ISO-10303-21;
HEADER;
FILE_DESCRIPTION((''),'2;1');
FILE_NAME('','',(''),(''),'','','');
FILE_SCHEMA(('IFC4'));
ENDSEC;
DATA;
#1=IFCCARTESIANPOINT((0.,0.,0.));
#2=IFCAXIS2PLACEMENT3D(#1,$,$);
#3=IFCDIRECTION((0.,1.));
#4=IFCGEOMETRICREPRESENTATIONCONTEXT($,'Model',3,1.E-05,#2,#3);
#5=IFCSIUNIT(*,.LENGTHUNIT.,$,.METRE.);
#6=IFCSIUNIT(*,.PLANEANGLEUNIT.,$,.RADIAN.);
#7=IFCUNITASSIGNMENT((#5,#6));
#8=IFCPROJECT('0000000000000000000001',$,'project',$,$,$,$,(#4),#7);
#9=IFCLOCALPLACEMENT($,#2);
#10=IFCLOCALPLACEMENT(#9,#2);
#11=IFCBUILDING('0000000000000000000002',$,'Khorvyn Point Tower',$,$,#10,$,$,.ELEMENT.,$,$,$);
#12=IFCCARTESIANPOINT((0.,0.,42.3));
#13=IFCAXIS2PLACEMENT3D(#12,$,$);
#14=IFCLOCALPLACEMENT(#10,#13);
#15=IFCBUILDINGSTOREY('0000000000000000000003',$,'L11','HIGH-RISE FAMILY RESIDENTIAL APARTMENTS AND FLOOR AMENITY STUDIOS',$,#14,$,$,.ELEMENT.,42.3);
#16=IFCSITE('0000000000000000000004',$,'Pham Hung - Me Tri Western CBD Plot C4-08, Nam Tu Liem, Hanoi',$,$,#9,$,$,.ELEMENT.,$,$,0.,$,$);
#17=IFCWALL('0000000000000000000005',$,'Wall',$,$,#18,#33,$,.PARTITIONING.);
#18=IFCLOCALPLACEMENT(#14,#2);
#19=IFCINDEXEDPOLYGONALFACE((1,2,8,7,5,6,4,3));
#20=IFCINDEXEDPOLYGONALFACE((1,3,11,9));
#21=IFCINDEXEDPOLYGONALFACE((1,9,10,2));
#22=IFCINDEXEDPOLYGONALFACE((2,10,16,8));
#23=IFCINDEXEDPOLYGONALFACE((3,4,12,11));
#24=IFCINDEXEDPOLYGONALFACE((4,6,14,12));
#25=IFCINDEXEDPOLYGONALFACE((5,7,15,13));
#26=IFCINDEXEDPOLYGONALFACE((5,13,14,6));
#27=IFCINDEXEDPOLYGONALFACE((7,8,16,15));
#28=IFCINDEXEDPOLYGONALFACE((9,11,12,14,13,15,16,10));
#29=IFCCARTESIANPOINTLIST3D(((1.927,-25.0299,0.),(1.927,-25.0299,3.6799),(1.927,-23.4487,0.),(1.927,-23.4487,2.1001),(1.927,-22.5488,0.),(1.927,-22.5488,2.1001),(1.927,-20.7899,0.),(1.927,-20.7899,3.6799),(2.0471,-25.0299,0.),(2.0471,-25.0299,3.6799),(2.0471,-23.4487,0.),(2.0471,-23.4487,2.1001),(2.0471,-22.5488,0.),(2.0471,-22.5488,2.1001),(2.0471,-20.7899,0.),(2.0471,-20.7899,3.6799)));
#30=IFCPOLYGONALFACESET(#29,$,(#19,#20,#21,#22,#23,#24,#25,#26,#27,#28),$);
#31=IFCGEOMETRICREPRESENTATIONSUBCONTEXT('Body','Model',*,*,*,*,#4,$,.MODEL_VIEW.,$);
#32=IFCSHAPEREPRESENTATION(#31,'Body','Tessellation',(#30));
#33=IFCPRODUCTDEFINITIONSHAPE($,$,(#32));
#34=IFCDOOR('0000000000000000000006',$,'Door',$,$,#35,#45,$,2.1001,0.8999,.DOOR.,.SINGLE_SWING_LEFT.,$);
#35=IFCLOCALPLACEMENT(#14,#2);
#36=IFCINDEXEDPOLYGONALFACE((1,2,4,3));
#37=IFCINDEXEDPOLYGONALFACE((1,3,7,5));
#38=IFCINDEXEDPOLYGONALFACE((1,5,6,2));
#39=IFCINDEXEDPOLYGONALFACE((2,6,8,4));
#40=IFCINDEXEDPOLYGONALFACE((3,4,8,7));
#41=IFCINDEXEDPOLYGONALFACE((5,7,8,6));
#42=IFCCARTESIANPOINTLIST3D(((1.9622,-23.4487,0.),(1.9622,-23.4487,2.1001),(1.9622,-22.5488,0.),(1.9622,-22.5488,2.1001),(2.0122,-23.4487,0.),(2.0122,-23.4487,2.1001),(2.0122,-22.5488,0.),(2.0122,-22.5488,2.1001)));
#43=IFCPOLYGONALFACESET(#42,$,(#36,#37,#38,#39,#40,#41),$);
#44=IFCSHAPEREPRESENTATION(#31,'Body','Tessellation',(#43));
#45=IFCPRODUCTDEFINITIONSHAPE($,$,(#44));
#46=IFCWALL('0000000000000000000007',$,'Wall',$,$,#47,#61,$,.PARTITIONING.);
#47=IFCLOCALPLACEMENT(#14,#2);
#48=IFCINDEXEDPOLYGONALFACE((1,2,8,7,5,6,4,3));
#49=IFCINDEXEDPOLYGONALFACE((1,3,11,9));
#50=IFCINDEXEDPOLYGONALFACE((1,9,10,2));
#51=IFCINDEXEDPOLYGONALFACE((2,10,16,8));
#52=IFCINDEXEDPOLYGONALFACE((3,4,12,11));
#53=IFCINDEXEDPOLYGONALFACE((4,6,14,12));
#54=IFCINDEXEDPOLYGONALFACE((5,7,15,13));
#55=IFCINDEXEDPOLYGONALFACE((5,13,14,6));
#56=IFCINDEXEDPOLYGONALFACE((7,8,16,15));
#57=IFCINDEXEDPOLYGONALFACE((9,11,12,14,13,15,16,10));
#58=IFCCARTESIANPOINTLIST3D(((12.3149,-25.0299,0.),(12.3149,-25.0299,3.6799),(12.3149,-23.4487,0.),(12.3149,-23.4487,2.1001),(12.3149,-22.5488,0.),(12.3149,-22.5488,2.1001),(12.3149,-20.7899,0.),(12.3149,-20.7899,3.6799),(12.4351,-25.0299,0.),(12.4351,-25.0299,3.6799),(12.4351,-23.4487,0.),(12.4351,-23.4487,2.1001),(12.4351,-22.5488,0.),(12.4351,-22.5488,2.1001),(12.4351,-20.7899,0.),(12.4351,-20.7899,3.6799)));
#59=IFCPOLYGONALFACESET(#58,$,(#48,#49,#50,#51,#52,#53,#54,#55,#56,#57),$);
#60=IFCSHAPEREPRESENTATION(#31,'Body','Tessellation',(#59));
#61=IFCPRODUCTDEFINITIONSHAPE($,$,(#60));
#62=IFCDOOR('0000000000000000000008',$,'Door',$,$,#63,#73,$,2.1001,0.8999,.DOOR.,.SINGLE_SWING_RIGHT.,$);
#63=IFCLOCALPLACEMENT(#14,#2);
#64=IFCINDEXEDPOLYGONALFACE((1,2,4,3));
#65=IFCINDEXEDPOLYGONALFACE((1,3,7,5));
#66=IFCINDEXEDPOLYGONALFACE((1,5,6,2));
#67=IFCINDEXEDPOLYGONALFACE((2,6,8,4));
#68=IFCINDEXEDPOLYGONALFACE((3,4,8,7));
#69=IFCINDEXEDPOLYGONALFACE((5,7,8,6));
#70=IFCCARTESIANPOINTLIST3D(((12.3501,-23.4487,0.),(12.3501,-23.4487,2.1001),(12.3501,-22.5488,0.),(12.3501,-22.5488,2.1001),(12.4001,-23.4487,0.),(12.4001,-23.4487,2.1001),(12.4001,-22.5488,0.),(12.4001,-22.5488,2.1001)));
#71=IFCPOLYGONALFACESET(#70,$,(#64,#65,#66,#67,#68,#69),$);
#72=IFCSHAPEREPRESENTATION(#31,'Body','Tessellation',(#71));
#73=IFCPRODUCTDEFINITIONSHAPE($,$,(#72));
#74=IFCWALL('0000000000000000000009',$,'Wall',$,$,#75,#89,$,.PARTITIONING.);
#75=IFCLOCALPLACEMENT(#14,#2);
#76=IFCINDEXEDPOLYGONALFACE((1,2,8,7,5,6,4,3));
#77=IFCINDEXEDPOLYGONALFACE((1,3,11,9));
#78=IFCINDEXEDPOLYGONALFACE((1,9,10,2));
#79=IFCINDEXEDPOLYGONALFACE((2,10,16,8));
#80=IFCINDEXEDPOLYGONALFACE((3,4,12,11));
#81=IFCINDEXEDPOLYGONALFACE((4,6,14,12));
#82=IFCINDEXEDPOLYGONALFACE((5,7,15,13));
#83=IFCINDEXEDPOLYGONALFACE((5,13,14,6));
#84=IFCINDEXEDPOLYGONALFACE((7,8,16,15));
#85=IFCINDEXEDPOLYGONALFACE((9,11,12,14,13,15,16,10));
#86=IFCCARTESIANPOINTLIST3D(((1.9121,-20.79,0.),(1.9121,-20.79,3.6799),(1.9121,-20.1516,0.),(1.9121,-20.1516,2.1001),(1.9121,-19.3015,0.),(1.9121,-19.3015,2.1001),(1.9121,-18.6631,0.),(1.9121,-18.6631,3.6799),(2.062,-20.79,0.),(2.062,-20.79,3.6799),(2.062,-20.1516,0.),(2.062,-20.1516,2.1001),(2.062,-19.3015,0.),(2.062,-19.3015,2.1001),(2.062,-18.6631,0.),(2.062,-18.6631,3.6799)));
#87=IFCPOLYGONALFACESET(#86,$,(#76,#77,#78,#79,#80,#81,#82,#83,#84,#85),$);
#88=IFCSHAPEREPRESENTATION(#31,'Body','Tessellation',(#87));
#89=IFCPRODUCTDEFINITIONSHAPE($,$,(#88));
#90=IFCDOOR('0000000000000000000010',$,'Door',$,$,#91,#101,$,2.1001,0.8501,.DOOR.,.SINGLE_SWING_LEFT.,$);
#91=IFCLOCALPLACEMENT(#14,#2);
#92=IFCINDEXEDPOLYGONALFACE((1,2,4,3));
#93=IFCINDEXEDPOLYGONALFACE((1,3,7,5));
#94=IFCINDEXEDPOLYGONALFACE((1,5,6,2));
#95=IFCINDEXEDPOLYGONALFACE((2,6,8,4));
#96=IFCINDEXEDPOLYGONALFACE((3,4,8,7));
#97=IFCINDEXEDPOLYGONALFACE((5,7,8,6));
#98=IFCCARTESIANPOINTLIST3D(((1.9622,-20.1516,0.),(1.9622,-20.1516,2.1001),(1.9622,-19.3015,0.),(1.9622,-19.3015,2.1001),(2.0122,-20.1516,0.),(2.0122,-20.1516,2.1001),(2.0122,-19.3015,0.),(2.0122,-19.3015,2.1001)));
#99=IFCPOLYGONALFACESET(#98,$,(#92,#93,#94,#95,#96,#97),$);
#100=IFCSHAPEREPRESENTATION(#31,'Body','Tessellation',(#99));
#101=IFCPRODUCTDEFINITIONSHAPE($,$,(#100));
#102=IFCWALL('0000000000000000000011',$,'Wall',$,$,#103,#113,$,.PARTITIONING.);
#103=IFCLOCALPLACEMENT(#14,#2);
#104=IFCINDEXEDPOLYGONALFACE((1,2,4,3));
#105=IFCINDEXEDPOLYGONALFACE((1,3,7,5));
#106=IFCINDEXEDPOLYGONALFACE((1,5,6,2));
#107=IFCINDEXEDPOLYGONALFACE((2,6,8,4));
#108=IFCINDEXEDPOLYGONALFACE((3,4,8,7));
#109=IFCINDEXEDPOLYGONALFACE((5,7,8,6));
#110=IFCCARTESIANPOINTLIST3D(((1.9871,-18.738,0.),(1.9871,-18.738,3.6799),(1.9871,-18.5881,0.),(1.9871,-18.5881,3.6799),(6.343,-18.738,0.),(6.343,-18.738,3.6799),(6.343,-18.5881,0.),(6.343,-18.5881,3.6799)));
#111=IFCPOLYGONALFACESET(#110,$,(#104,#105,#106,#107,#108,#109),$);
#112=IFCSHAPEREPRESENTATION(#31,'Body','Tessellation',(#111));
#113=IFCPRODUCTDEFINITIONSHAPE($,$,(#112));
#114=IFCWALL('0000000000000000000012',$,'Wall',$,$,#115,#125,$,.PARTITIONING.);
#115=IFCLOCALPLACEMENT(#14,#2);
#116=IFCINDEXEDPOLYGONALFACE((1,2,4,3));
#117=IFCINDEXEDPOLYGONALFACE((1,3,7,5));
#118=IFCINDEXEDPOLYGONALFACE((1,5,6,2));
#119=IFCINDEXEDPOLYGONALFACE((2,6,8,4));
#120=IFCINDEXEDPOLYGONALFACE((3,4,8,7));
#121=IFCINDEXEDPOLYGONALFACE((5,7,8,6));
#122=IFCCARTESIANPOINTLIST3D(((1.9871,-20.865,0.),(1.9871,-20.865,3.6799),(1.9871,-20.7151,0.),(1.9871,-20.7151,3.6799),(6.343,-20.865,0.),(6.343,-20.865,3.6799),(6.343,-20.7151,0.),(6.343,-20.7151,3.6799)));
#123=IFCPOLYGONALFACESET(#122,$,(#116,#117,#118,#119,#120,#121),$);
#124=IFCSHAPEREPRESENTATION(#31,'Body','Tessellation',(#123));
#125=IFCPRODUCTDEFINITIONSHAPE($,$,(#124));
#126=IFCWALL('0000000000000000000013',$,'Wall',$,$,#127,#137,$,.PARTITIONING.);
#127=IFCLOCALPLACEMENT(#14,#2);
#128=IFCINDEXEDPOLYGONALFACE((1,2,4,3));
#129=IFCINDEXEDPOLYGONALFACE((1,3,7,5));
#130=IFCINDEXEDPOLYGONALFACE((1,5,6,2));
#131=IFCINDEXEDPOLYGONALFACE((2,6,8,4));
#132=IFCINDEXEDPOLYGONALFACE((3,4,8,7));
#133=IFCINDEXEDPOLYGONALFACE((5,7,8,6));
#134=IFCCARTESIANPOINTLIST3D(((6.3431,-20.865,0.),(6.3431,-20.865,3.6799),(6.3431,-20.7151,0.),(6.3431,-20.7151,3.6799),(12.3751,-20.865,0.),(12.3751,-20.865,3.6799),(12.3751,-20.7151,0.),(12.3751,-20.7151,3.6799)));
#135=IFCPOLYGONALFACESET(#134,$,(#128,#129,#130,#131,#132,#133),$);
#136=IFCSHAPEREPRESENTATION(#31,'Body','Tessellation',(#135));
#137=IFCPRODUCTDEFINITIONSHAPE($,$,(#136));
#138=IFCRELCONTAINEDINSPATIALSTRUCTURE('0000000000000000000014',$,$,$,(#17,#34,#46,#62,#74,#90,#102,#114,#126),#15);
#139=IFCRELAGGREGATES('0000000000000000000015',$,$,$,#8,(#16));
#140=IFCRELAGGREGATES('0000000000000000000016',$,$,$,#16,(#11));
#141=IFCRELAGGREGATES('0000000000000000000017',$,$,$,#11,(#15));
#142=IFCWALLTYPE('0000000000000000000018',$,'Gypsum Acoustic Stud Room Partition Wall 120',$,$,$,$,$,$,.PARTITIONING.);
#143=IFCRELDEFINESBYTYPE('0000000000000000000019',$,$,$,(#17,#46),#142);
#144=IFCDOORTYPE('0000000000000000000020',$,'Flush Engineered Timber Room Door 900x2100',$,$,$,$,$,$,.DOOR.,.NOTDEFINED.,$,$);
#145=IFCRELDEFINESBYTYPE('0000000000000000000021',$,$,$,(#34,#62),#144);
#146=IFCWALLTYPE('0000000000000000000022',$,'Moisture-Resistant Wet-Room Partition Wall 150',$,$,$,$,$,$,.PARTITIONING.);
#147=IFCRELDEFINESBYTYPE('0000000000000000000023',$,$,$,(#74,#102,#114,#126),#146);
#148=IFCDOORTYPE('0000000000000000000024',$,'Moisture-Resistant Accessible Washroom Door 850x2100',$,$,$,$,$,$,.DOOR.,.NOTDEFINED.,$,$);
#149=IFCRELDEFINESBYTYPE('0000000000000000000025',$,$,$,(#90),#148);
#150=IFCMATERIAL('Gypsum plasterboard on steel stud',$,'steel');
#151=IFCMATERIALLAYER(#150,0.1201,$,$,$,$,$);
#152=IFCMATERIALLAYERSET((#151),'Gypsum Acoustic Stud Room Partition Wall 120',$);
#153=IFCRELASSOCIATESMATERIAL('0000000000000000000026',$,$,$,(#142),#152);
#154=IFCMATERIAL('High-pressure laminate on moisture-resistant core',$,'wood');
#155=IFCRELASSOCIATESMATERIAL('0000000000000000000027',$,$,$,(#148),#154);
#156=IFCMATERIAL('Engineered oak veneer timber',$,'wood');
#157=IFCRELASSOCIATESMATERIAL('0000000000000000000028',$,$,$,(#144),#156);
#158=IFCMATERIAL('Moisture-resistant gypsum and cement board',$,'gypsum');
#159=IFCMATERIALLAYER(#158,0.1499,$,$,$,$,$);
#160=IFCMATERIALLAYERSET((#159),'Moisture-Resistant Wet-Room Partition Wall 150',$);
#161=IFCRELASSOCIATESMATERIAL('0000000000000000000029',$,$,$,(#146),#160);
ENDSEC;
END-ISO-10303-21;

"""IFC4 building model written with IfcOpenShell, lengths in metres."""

from ifc_helpers import new_model, si_unit, direction, frame, frame_2d, origin, place, context, subcontext, project, spatial, rectangle, extrude, material, layer, layer_set, type_object, element, fill, save


model = new_model("IFC4")

# Units and contexts
model_context = context("Model", 3, precision=1e-05, world=origin(), true_north=direction((0.0, 1.0)))
body_context = subcontext(model_context, "Body", "Model", "MODEL_VIEW")
ifc_project = project(units=[si_unit("LENGTHUNIT", "METRE"), si_unit("PLANEANGLEUNIT", "RADIAN")], contexts=[model_context])

# Site, building, storey
site_placement = place(None, origin())
site = spatial("IfcSite", under=ifc_project, at=site_placement, Name="Pham Hung - Me Tri Western CBD Plot C4-08, Nam Tu Liem, Hanoi", CompositionType="ELEMENT", RefElevation=0.0)
building_placement = place(site_placement, origin())
building = spatial("IfcBuilding", under=site, at=building_placement, Name="Khorvyn Point Tower", CompositionType="ELEMENT")
storey_placement = place(building_placement, frame((0.0, 0.0, 42.3)))
storey = spatial("IfcBuildingStorey", under=building, at=storey_placement, Name="L11", Description="HIGH-RISE FAMILY RESIDENTIAL APARTMENTS AND FLOOR AMENITY STUDIOS", CompositionType="ELEMENT", Elevation=42.3)

# Walls, openings, doors
ifc_material_1 = material(Name="Gypsum plasterboard on steel stud", Category="steel")
ifc_layer_1 = layer(ifc_material_1, 0.1201)
ifc_layer_set_1 = layer_set([ifc_layer_1], Name="Gypsum Acoustic Stud Room Partition Wall 120")
wall_type_1 = type_object("IfcWallType", Name="Gypsum Acoustic Stud Room Partition Wall 120", PredefinedType="PARTITIONING", material=ifc_layer_set_1)
ifc_material_2 = material(Name="High-pressure laminate on moisture-resistant core", Category="wood")
door_type_1 = type_object("IfcDoorType", Name="Moisture-Resistant Accessible Washroom Door 850x2100", OperationType="NOTDEFINED", PredefinedType="DOOR", material=ifc_material_2)
wall_1_placement = place(storey_placement, frame((1.9871, -25.03, 0.0), z_axis=(0.0, 0.0, 1.0), x_axis=(0.0, 1.0, 0.0)))
wall_1 = element("IfcWall", 1, at=wall_1_placement, inside=storey, type_object=wall_type_1, Name="Wall", PredefinedType="PARTITIONING", context=body_context, shape_type="SweptSolid", body=[
    extrude(rectangle(XDim=4.24, YDim=0.1201, at=frame_2d((2.1201, 0.0))), origin(), (0.0, 0.0, 1.0), 3.6799),
])
opening_1_placement = place(wall_1_placement, frame((1.5813, 0.0, 0.0)))
opening_1 = element("IfcOpeningElement", 2, at=opening_1_placement, cuts=wall_1, PredefinedType="OPENING", context=body_context, shape_type="SweptSolid", body=[
    extrude(rectangle(XDim=0.8999, YDim=2.1001, at=frame_2d((0.45, 1.05))), frame((0.0, 0.0701, 0.0), z_axis=(0.0, -1.0, 0.0), x_axis=(1.0, 0.0, 0.0)), (0.0, 0.0, 1.0), 0.1401),
])
ifc_material_3 = material(Name="Engineered oak veneer timber", Category="wood")
door_type_2 = type_object("IfcDoorType", Name="Flush Engineered Timber Room Door 900x2100", OperationType="NOTDEFINED", PredefinedType="DOOR", material=ifc_material_3)
door_1_placement = place(opening_1_placement, origin())
door_1 = element("IfcDoor", 3, at=door_1_placement, inside=storey, type_object=door_type_2, Name="Door", OperationType="SINGLE_SWING_LEFT", OverallHeight=2.1001, OverallWidth=0.8999, PredefinedType="DOOR", context=body_context, shape_type="SweptSolid", body=[
    extrude(rectangle(XDim=0.8999, YDim=2.1001, at=frame_2d((0.45, 1.05))), frame((0.0, 0.0249, 0.0), z_axis=(0.0, -1.0, 0.0), x_axis=(1.0, 0.0, 0.0)), (0.0, 0.0, 1.0), 0.05),
])
fill(opening_1, door_1)
wall_2_placement = place(storey_placement, frame((12.375, -25.03, 0.0), z_axis=(0.0, 0.0, 1.0), x_axis=(0.0, 1.0, 0.0)))
wall_2 = element("IfcWall", 4, at=wall_2_placement, inside=storey, type_object=wall_type_1, Name="Wall", PredefinedType="PARTITIONING", context=body_context, shape_type="SweptSolid", body=[
    extrude(rectangle(XDim=4.24, YDim=0.1201, at=frame_2d((2.1201, 0.0))), origin(), (0.0, 0.0, 1.0), 3.6799),
])
opening_2_placement = place(wall_2_placement, frame((1.5813, 0.0, 0.0)))
opening_2 = element("IfcOpeningElement", 5, at=opening_2_placement, cuts=wall_2, PredefinedType="OPENING", context=body_context, shape_type="SweptSolid", body=[
    extrude(rectangle(XDim=0.8999, YDim=2.1001, at=frame_2d((0.45, 1.05))), frame((0.0, 0.0701, 0.0), z_axis=(0.0, -1.0, 0.0), x_axis=(1.0, 0.0, 0.0)), (0.0, 0.0, 1.0), 0.1401),
])
door_2_placement = place(opening_2_placement, origin())
door_2 = element("IfcDoor", 6, at=door_2_placement, inside=storey, type_object=door_type_2, Name="Door", OperationType="SINGLE_SWING_RIGHT", OverallHeight=2.1001, OverallWidth=0.8999, PredefinedType="DOOR", context=body_context, shape_type="SweptSolid", body=[
    extrude(rectangle(XDim=0.8999, YDim=2.1001, at=frame_2d((0.45, 1.05))), frame((0.0, 0.0249, 0.0), z_axis=(0.0, -1.0, 0.0), x_axis=(1.0, 0.0, 0.0)), (0.0, 0.0, 1.0), 0.05),
])
fill(opening_2, door_2)
ifc_material_4 = material(Name="Moisture-resistant gypsum and cement board", Category="gypsum")
ifc_layer_2 = layer(ifc_material_4, 0.1499)
ifc_layer_set_2 = layer_set([ifc_layer_2], Name="Moisture-Resistant Wet-Room Partition Wall 150")
wall_type_2 = type_object("IfcWallType", Name="Moisture-Resistant Wet-Room Partition Wall 150", PredefinedType="PARTITIONING", material=ifc_layer_set_2)
wall_3_placement = place(storey_placement, frame((1.9871, -20.79, 0.0), z_axis=(0.0, 0.0, 1.0), x_axis=(0.0, 1.0, 0.0)))
wall_3 = element("IfcWall", 7, at=wall_3_placement, inside=storey, type_object=wall_type_2, Name="Wall", PredefinedType="PARTITIONING", context=body_context, shape_type="SweptSolid", body=[
    extrude(rectangle(XDim=2.127, YDim=0.1499, at=frame_2d((1.0635, 0.0))), origin(), (0.0, 0.0, 1.0), 3.6799),
])
opening_3_placement = place(wall_3_placement, frame((0.6384, 0.0, 0.0)))
opening_3 = element("IfcOpeningElement", 8, at=opening_3_placement, cuts=wall_3, PredefinedType="OPENING", context=body_context, shape_type="SweptSolid", body=[
    extrude(rectangle(XDim=0.8501, YDim=2.1001, at=frame_2d((0.425, 1.05))), frame((0.0, 0.085, 0.0), z_axis=(0.0, -1.0, 0.0), x_axis=(1.0, 0.0, 0.0)), (0.0, 0.0, 1.0), 0.1699),
])
door_3_placement = place(opening_3_placement, origin())
door_3 = element("IfcDoor", 9, at=door_3_placement, inside=storey, type_object=door_type_1, Name="Door", OperationType="SINGLE_SWING_LEFT", OverallHeight=2.1001, OverallWidth=0.8501, PredefinedType="DOOR", context=body_context, shape_type="SweptSolid", body=[
    extrude(rectangle(XDim=0.8501, YDim=2.1001, at=frame_2d((0.425, 1.05))), frame((0.0, 0.0249, 0.0), z_axis=(0.0, -1.0, 0.0), x_axis=(1.0, 0.0, 0.0)), (0.0, 0.0, 1.0), 0.05),
])
fill(opening_3, door_3)

# Walls
for number, where, z_axis, x_axis, name in (
    (10, (1.9871, -18.6631, 0.0), (0.0, 0.0, 1.0), (1.0, 0.0, 0.0), "Wall"),
    (11, (1.9871, -20.79, 0.0), (0.0, 0.0, 1.0), (1.0, 0.0, 0.0), "Wall"),
):
    element("IfcWall", number, at=place(storey_placement, frame(where, z_axis=z_axis, x_axis=x_axis)), inside=storey, type_object=wall_type_2, Name=name, PredefinedType="PARTITIONING", context=body_context, shape_type="SweptSolid", body=[
        extrude(rectangle(XDim=4.356, YDim=0.1499, at=frame_2d((2.178, 0.0))), origin(), (0.0, 0.0, 1.0), 3.6799),
    ])
wall_4_placement = place(storey_placement, frame((6.343, -20.79, 0.0), z_axis=(0.0, 0.0, 1.0), x_axis=(1.0, 0.0, 0.0)))
element("IfcWall", 12, at=wall_4_placement, inside=storey, type_object=wall_type_2, Name="Wall", PredefinedType="PARTITIONING", context=body_context, shape_type="SweptSolid", body=[
    extrude(rectangle(XDim=6.032, YDim=0.1499, at=frame_2d((3.0161, 0.0))), origin(), (0.0, 0.0, 1.0), 3.6799),
])

save(model, "model.ifc")
